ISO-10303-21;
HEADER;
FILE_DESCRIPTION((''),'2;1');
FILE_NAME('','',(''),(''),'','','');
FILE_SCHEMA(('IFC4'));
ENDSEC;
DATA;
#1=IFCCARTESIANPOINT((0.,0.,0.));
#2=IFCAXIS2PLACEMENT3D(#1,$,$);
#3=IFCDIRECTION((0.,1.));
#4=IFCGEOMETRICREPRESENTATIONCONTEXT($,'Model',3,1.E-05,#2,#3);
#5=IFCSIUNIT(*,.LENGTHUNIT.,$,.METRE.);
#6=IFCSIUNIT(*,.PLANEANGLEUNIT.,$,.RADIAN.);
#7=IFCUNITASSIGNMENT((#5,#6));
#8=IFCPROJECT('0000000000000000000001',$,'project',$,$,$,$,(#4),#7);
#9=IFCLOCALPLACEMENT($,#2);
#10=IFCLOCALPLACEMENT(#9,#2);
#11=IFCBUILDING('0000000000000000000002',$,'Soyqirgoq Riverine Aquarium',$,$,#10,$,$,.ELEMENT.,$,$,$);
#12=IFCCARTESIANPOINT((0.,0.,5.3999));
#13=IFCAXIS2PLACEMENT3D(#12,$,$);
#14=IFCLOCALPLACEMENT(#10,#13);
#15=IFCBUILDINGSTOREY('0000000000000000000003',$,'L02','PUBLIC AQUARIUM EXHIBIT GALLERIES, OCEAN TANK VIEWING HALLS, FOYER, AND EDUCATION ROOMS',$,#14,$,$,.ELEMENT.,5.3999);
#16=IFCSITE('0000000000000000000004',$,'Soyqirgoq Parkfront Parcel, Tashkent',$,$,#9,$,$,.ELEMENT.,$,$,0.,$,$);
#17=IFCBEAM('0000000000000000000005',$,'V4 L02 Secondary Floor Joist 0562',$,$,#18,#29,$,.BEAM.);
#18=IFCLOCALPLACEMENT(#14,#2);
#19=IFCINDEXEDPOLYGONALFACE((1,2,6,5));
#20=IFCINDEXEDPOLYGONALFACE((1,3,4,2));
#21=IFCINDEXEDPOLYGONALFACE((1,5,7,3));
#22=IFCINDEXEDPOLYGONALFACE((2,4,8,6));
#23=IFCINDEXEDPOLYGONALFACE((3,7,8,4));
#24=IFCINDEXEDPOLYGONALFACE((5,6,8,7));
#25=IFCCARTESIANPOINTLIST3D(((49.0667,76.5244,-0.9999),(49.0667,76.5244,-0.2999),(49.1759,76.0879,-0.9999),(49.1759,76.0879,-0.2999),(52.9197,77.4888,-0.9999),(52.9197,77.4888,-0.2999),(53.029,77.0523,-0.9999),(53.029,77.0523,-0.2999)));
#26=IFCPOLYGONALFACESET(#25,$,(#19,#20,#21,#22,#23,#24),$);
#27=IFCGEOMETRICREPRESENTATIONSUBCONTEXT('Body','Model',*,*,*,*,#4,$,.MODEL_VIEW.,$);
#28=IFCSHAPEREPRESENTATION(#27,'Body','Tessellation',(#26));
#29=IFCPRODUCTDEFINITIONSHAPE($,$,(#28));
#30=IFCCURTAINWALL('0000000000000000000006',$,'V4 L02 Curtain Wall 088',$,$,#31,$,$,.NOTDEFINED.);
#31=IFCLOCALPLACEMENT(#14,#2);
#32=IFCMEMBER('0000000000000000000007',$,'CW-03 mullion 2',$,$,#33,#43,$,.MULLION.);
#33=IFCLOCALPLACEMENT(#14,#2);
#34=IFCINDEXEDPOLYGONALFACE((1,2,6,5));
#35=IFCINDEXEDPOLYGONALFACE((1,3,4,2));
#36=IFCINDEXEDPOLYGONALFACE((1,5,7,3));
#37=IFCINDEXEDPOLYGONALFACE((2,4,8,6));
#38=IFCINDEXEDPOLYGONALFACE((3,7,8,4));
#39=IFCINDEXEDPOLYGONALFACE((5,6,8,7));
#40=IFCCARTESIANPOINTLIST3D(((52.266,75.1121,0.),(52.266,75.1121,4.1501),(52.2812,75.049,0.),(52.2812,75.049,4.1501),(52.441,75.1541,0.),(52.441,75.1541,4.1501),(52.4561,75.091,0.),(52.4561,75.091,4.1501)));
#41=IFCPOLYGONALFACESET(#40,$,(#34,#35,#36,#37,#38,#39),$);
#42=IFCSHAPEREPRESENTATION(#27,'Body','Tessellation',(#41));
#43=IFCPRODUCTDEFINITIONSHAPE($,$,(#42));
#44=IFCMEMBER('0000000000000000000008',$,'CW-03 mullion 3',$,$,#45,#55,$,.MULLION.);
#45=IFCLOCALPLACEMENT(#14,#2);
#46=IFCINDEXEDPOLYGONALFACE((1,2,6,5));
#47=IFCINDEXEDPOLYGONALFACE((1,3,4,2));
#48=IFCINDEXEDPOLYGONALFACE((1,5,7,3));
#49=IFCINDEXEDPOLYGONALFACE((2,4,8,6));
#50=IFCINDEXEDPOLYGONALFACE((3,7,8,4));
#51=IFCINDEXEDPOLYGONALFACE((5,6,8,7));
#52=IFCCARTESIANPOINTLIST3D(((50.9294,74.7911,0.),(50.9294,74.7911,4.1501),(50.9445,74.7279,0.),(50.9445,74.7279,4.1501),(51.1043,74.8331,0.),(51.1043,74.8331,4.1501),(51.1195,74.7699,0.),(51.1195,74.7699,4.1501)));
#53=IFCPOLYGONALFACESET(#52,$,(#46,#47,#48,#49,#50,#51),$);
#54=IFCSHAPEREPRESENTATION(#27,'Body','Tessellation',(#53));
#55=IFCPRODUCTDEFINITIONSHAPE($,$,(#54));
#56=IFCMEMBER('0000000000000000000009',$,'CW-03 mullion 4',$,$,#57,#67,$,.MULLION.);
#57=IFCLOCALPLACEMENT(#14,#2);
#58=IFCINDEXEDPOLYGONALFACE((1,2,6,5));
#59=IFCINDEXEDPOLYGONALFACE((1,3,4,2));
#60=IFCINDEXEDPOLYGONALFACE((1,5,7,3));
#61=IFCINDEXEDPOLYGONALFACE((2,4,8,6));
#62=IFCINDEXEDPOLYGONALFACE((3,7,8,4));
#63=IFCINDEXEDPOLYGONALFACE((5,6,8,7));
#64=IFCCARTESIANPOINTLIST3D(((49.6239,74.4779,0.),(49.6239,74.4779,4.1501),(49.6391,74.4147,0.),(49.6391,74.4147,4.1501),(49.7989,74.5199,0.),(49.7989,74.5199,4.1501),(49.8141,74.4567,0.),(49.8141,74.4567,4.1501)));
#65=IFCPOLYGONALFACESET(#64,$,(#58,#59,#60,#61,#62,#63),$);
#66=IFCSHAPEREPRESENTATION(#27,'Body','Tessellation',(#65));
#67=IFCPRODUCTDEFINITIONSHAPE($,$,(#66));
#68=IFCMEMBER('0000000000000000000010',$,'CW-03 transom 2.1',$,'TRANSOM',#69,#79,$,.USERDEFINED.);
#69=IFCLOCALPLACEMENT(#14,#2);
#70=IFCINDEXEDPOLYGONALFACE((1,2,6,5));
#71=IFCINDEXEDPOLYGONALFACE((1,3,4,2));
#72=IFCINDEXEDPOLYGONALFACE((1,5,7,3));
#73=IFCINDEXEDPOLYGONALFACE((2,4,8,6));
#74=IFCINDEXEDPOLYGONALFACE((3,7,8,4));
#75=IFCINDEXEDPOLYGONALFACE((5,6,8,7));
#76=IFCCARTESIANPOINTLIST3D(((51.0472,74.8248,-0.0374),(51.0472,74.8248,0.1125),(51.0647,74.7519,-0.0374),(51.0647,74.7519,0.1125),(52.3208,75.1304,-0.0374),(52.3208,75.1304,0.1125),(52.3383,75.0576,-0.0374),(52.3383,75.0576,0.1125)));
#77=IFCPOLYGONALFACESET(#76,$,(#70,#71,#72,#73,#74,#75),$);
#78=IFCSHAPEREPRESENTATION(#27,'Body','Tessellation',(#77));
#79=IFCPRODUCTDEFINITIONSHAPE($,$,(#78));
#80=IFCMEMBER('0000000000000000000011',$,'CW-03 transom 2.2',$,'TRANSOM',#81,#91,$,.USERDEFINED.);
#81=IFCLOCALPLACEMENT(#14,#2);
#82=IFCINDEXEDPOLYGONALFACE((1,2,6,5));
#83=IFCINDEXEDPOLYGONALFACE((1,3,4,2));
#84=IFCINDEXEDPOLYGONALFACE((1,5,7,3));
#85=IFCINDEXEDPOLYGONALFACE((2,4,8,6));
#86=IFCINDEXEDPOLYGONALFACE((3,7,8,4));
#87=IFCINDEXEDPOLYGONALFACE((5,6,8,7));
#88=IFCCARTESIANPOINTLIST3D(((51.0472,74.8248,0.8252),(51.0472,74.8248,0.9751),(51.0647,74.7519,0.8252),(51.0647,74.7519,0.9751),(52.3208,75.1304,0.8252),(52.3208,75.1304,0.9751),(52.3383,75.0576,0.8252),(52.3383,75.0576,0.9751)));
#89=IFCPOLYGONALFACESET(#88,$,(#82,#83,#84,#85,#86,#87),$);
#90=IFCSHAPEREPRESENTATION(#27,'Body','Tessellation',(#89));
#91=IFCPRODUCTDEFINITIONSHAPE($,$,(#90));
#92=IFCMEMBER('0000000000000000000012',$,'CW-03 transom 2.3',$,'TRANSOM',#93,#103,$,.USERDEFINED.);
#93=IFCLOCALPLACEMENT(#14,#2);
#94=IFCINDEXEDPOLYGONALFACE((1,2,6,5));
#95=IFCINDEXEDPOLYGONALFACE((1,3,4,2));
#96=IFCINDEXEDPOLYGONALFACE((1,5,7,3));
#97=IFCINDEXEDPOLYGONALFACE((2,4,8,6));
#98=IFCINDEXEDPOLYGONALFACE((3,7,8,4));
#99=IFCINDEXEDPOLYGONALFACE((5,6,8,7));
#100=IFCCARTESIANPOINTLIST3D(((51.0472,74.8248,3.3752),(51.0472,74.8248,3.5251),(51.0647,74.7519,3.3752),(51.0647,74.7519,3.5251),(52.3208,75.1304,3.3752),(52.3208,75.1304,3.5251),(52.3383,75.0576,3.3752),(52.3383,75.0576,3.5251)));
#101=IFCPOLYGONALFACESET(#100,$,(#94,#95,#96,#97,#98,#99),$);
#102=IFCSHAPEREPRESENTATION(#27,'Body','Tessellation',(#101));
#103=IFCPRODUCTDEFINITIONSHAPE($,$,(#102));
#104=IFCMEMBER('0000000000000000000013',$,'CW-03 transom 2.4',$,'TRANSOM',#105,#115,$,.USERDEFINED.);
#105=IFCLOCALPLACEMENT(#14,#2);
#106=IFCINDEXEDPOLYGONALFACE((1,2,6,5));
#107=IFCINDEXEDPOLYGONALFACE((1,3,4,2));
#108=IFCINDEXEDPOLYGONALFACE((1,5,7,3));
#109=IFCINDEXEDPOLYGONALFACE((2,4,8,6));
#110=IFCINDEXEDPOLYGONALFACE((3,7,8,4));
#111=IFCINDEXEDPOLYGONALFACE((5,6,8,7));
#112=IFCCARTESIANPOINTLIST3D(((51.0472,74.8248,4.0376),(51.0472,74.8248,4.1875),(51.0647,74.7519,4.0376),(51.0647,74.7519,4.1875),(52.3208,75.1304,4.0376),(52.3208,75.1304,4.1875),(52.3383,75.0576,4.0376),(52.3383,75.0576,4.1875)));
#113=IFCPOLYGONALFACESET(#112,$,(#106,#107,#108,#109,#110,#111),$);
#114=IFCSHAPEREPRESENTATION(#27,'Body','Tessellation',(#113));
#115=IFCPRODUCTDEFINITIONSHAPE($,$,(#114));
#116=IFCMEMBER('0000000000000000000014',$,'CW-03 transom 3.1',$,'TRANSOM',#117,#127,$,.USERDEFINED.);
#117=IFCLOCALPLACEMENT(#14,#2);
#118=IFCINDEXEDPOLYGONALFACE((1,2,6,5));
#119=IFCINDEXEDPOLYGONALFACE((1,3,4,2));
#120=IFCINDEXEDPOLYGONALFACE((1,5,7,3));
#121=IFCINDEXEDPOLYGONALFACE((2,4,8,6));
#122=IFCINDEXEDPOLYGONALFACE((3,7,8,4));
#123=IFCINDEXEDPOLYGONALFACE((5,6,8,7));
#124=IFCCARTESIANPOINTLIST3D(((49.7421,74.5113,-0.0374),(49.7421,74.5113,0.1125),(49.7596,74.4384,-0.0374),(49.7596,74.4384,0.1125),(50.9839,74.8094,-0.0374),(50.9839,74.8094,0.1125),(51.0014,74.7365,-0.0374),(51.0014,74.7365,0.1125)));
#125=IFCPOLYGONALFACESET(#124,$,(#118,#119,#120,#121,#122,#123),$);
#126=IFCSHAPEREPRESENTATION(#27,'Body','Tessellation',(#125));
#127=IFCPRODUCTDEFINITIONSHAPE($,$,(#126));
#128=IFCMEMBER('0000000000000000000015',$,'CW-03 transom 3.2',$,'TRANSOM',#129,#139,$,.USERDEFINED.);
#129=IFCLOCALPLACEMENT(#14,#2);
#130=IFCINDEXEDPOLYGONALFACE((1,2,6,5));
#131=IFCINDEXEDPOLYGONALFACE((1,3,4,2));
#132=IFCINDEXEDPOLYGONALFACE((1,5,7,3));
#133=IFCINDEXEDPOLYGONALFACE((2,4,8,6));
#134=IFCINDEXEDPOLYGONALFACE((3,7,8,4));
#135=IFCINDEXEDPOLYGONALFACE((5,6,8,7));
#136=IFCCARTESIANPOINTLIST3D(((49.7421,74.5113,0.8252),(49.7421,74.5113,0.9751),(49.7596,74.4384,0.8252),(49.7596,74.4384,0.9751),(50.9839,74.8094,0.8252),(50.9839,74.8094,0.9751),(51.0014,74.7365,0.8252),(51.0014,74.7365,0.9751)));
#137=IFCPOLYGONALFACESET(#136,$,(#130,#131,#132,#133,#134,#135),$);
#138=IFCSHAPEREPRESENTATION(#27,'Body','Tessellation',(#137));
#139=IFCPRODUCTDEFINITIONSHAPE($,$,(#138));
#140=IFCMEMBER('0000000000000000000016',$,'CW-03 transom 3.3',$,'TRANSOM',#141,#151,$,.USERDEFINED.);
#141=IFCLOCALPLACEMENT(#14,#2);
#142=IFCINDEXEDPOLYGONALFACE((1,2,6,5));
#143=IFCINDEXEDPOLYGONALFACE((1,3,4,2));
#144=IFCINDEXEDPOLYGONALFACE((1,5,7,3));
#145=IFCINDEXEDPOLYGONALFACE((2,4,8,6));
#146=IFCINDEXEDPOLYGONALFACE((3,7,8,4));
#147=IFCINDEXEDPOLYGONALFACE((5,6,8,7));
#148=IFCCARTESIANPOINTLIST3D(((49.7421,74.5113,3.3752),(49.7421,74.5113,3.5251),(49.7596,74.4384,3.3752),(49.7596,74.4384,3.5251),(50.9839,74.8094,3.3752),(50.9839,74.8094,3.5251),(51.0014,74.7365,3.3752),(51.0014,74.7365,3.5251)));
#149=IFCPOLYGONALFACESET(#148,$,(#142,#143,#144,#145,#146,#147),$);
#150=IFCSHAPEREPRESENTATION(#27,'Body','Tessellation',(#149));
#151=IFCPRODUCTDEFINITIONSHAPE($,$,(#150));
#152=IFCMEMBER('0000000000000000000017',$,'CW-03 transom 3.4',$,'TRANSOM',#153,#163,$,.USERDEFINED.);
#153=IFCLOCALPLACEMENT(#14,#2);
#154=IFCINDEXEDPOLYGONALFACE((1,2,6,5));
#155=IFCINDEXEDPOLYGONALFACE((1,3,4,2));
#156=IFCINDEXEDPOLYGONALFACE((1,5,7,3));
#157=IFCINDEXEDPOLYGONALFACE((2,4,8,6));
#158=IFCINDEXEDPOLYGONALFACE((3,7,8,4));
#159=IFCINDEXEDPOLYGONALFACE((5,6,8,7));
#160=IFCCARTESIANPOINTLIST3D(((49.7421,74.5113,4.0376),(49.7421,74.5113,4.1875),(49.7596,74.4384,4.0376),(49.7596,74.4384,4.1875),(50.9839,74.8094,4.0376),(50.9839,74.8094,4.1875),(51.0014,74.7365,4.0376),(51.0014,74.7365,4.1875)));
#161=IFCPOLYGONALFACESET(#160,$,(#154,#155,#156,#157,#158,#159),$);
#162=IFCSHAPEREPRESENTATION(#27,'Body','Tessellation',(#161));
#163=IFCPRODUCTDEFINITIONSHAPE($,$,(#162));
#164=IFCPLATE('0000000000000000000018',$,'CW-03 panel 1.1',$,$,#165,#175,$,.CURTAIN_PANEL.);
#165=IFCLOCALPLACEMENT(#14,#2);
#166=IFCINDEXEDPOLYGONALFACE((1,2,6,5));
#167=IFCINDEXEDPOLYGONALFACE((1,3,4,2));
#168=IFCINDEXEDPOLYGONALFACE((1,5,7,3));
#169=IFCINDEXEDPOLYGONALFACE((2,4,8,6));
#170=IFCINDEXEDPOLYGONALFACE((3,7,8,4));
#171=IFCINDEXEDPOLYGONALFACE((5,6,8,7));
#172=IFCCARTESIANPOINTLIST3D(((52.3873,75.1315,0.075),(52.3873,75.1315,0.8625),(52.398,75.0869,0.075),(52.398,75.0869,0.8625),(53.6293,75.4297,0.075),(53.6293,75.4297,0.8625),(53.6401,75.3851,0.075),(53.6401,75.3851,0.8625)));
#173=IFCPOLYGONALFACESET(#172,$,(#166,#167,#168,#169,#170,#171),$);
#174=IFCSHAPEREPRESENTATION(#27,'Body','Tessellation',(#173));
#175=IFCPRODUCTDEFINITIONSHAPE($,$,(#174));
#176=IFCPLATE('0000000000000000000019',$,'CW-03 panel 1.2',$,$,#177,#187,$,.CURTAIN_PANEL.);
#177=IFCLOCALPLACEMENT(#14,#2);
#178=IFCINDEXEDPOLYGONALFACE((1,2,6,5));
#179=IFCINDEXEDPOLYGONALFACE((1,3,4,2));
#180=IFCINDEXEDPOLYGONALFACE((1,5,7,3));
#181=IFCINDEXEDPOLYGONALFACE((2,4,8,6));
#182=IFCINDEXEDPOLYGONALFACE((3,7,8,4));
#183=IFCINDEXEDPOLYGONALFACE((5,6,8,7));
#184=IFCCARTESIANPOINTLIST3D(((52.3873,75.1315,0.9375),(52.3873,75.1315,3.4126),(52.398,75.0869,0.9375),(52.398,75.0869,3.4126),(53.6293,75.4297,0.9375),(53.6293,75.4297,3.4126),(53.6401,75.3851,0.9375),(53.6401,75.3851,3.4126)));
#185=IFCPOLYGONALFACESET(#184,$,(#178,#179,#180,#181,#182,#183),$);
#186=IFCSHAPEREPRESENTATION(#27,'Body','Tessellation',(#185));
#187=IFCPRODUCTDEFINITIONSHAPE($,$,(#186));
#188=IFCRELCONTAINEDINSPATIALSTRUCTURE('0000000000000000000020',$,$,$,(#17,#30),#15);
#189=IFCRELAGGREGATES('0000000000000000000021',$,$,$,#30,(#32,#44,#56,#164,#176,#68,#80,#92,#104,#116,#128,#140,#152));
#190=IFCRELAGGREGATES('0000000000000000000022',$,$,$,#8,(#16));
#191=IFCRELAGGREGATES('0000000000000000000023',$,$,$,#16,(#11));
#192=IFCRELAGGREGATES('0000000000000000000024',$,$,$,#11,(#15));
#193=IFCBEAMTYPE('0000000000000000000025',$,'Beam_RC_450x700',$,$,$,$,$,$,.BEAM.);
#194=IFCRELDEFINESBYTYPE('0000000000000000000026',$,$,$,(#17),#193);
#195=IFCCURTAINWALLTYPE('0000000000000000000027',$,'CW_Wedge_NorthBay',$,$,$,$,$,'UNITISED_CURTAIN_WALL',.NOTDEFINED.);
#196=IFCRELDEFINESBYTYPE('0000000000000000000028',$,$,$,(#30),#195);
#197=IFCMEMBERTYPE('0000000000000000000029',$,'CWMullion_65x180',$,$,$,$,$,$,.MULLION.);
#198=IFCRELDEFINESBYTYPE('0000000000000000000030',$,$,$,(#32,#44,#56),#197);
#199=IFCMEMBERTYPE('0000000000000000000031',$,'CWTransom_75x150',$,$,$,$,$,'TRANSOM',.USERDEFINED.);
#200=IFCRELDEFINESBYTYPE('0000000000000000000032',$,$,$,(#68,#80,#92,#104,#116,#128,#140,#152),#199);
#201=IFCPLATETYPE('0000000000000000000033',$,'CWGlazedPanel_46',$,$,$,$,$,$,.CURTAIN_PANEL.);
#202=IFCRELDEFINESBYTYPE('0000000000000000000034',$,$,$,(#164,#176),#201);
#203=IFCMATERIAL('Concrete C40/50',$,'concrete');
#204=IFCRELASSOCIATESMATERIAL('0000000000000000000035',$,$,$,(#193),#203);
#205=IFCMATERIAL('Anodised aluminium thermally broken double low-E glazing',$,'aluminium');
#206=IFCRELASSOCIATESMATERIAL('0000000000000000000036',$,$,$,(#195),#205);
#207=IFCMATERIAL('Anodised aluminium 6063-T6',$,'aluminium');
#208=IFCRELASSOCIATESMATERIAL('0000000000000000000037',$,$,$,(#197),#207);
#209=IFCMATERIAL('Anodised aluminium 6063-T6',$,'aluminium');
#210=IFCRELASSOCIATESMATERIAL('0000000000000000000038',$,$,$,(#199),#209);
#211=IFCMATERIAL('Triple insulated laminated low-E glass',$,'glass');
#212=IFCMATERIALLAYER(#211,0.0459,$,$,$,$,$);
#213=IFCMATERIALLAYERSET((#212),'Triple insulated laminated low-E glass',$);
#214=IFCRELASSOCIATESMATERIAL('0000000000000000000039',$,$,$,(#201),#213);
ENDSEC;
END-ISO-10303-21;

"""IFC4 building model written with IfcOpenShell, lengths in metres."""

from ifc_helpers import new_model, si_unit, direction, frame, origin, origin_2d, place, context, subcontext, project, spatial, rectangle, extrude, material, layer, layer_set, material_profile, profile_set, type_object, element, aggregate, save


model = new_model("IFC4")

# Units and contexts
model_context = context("Model", 3, precision=1e-05, world=origin(), true_north=direction((0.0, 1.0)))
body_context = subcontext(model_context, "Body", "Model", "MODEL_VIEW")
ifc_project = project(units=[si_unit("LENGTHUNIT", "METRE"), si_unit("PLANEANGLEUNIT", "RADIAN")], contexts=[model_context])

# Site, building, storey
site_placement = place(None, origin())
site = spatial("IfcSite", under=ifc_project, at=site_placement, Name="Soyqirgoq Parkfront Parcel, Tashkent", CompositionType="ELEMENT", RefElevation=0.0)
building_placement = place(site_placement, origin())
building = spatial("IfcBuilding", under=site, at=building_placement, Name="Soyqirgoq Riverine Aquarium", CompositionType="ELEMENT")
storey_placement = place(building_placement, frame((0.0, 0.0, 5.3999)))
storey = spatial("IfcBuildingStorey", under=building, at=storey_placement, Name="L02", Description="PUBLIC AQUARIUM EXHIBIT GALLERIES, OCEAN TANK VIEWING HALLS, FOYER, AND EDUCATION ROOMS", CompositionType="ELEMENT", Elevation=5.3999)

# Beam
ifc_material_1 = material(Name="Concrete C40/50", Category="concrete")
ifc_material_profile_1 = material_profile(ifc_material_1, rectangle(XDim=0.45, YDim=0.7, at=origin_2d()), Name="RC 450x700")
ifc_profile_set_1 = profile_set([ifc_material_profile_1], Name="Concrete C40/50")
beam_type = type_object("IfcBeamType", Name="Beam_RC_450x700", PredefinedType="BEAM", material=ifc_profile_set_1)
beam_placement = place(storey_placement, frame((52.9744, 77.2705, -0.6499), z_axis=(-0.970077, -0.242796, 0.0), x_axis=(0.242796, -0.970077, 0.0)))
element("IfcBeam", 1, at=beam_placement, inside=storey, type_object=beam_type, Name="V4 L02 Secondary Floor Joist 0562", PredefinedType="BEAM", context=body_context, shape_type="SweptSolid", body=[
    extrude(rectangle(XDim=0.45, YDim=0.7, at=origin_2d()), origin(), (0.0, 0.0, 1.0), 3.9719),
])

# Curtain wall, members, plates
ifc_material_2 = material(Name="Anodised aluminium thermally broken double low-E glazing", Category="aluminium")
curtain_wall_type = type_object("IfcCurtainWallType", Name="CW_Wedge_NorthBay", ElementType="UNITISED_CURTAIN_WALL", PredefinedType="NOTDEFINED", material=ifc_material_2)
curtain_wall_placement = place(storey_placement, origin())
curtain_wall = element("IfcCurtainWall", 2, at=curtain_wall_placement, inside=storey, type_object=curtain_wall_type, Name="V4 L02 Curtain Wall 088", PredefinedType="NOTDEFINED")
ifc_material_3 = material(Name="Anodised aluminium 6063-T6", Category="aluminium")
ifc_material_profile_2 = material_profile(ifc_material_3, rectangle(XDim=0.0649, YDim=0.1799, at=origin_2d()), Name="ALU-M 65x180")
ifc_profile_set_2 = profile_set([ifc_material_profile_2], Name="Anodised aluminium 6063-T6")
member_type_1 = type_object("IfcMemberType", Name="CWMullion_65x180", PredefinedType="MULLION", material=ifc_profile_set_2)
member_1_placement = place(storey_placement, frame((52.3611, 75.1016, 0.0), z_axis=(0.0, 0.0, 1.0), x_axis=(0.233443, -0.972371, 0.0)))
member_1 = element("IfcMember", 3, at=member_1_placement, type_object=member_type_1, Name="CW-03 mullion 2", PredefinedType="MULLION", context=body_context, shape_type="SweptSolid", body=[
    extrude(rectangle(XDim=0.0649, YDim=0.1799, at=origin_2d()), origin(), (0.0, 0.0, 1.0), 4.1501),
])
member_2_placement = place(storey_placement, frame((51.0244, 74.7805, 0.0), z_axis=(0.0, 0.0, 1.0), x_axis=(0.233443, -0.972371, 0.0)))
member_2 = element("IfcMember", 4, at=member_2_placement, type_object=member_type_1, Name="CW-03 mullion 3", PredefinedType="MULLION", context=body_context, shape_type="SweptSolid", body=[
    extrude(rectangle(XDim=0.0649, YDim=0.1799, at=origin_2d()), origin(), (0.0, 0.0, 1.0), 4.1501),
])
member_3_placement = place(storey_placement, frame((49.719, 74.4673, 0.0), z_axis=(0.0, 0.0, 1.0), x_axis=(0.233443, -0.972371, 0.0)))
member_3 = element("IfcMember", 5, at=member_3_placement, type_object=member_type_1, Name="CW-03 mullion 4", PredefinedType="MULLION", context=body_context, shape_type="SweptSolid", body=[
    extrude(rectangle(XDim=0.0649, YDim=0.1799, at=origin_2d()), origin(), (0.0, 0.0, 1.0), 4.1501),
])
ifc_material_4 = material(Name="Anodised aluminium 6063-T6", Category="aluminium")
ifc_material_profile_3 = material_profile(ifc_material_4, rectangle(XDim=0.075, YDim=0.1499, at=origin_2d()), Name="ALU-T 75x150")
ifc_profile_set_3 = profile_set([ifc_material_profile_3], Name="Anodised aluminium 6063-T6")
member_type_2 = type_object("IfcMemberType", Name="CWTransom_75x150", ElementType="TRANSOM", PredefinedType="USERDEFINED", material=ifc_profile_set_3)
member_4_placement = place(storey_placement, frame((52.3296, 75.094, 0.0376), z_axis=(-0.972391, -0.233359, 0.0), x_axis=(0.233359, -0.972391, 0.0)))
member_4 = element("IfcMember", 6, at=member_4_placement, type_object=member_type_2, Name="CW-03 transom 2.1", ObjectType="TRANSOM", PredefinedType="USERDEFINED", context=body_context, shape_type="SweptSolid", body=[
    extrude(rectangle(XDim=0.075, YDim=0.1499, at=origin_2d()), origin(), (0.0, 0.0, 1.0), 1.3098),
])
member_5_placement = place(storey_placement, frame((52.3296, 75.094, 0.9001), z_axis=(-0.972391, -0.233359, 0.0), x_axis=(0.233359, -0.972391, 0.0)))
member_5 = element("IfcMember", 7, at=member_5_placement, type_object=member_type_2, Name="CW-03 transom 2.2", ObjectType="TRANSOM", PredefinedType="USERDEFINED", context=body_context, shape_type="SweptSolid", body=[
    extrude(rectangle(XDim=0.075, YDim=0.1499, at=origin_2d()), origin(), (0.0, 0.0, 1.0), 1.3098),
])
member_6_placement = place(storey_placement, frame((52.3296, 75.094, 3.4502), z_axis=(-0.972391, -0.233359, 0.0), x_axis=(0.233359, -0.972391, 0.0)))
member_6 = element("IfcMember", 8, at=member_6_placement, type_object=member_type_2, Name="CW-03 transom 2.3", ObjectType="TRANSOM", PredefinedType="USERDEFINED", context=body_context, shape_type="SweptSolid", body=[
    extrude(rectangle(XDim=0.075, YDim=0.1499, at=origin_2d()), origin(), (0.0, 0.0, 1.0), 1.3098),
])
member_7_placement = place(storey_placement, frame((52.3296, 75.094, 4.1125), z_axis=(-0.972391, -0.233359, 0.0), x_axis=(0.233359, -0.972391, 0.0)))
member_7 = element("IfcMember", 9, at=member_7_placement, type_object=member_type_2, Name="CW-03 transom 2.4", ObjectType="TRANSOM", PredefinedType="USERDEFINED", context=body_context, shape_type="SweptSolid", body=[
    extrude(rectangle(XDim=0.075, YDim=0.1499, at=origin_2d()), origin(), (0.0, 0.0, 1.0), 1.3098),
])
member_8_placement = place(storey_placement, frame((50.9927, 74.7729, 0.0376), z_axis=(-0.972382, -0.233395, 0.0), x_axis=(0.233395, -0.972382, 0.0)))
member_8 = element("IfcMember", 10, at=member_8_placement, type_object=member_type_2, Name="CW-03 transom 3.1", ObjectType="TRANSOM", PredefinedType="USERDEFINED", context=body_context, shape_type="SweptSolid", body=[
    extrude(rectangle(XDim=0.075, YDim=0.1499, at=origin_2d()), origin(), (0.0, 0.0, 1.0), 1.2771),
])
member_9_placement = place(storey_placement, frame((50.9927, 74.7729, 0.9001), z_axis=(-0.972382, -0.233395, 0.0), x_axis=(0.233395, -0.972382, 0.0)))
member_9 = element("IfcMember", 11, at=member_9_placement, type_object=member_type_2, Name="CW-03 transom 3.2", ObjectType="TRANSOM", PredefinedType="USERDEFINED", context=body_context, shape_type="SweptSolid", body=[
    extrude(rectangle(XDim=0.075, YDim=0.1499, at=origin_2d()), origin(), (0.0, 0.0, 1.0), 1.2771),
])
member_10_placement = place(storey_placement, frame((50.9927, 74.7729, 3.4502), z_axis=(-0.972382, -0.233395, 0.0), x_axis=(0.233395, -0.972382, 0.0)))
member_10 = element("IfcMember", 12, at=member_10_placement, type_object=member_type_2, Name="CW-03 transom 3.3", ObjectType="TRANSOM", PredefinedType="USERDEFINED", context=body_context, shape_type="SweptSolid", body=[
    extrude(rectangle(XDim=0.075, YDim=0.1499, at=origin_2d()), origin(), (0.0, 0.0, 1.0), 1.2771),
])
member_11_placement = place(storey_placement, frame((50.9927, 74.7729, 4.1125), z_axis=(-0.972382, -0.233395, 0.0), x_axis=(0.233395, -0.972382, 0.0)))
member_11 = element("IfcMember", 13, at=member_11_placement, type_object=member_type_2, Name="CW-03 transom 3.4", ObjectType="TRANSOM", PredefinedType="USERDEFINED", context=body_context, shape_type="SweptSolid", body=[
    extrude(rectangle(XDim=0.075, YDim=0.1499, at=origin_2d()), origin(), (0.0, 0.0, 1.0), 1.2771),
])
ifc_material_5 = material(Name="Triple insulated laminated low-E glass", Category="glass")
ifc_layer_1 = layer(ifc_material_5, 0.0459)
ifc_layer_set_1 = layer_set([ifc_layer_1], Name="Triple insulated laminated low-E glass")
plate_type = type_object("IfcPlateType", Name="CWGlazedPanel_46", PredefinedType="CURTAIN_PANEL", material=ifc_layer_set_1)
plate_1_placement = place(storey_placement, frame((53.0137, 75.2583, 0.075), z_axis=(0.0, 0.0, 1.0), x_axis=(-0.972371, -0.233443, 0.0)))
plate_1 = element("IfcPlate", 14, at=plate_1_placement, type_object=plate_type, Name="CW-03 panel 1.1", PredefinedType="CURTAIN_PANEL", context=body_context, shape_type="SweptSolid", body=[
    extrude(rectangle(XDim=1.2773, YDim=0.0459, at=origin_2d()), origin(), (0.0, 0.0, 1.0), 0.7876),
])
plate_2_placement = place(storey_placement, frame((53.0137, 75.2583, 0.9375), z_axis=(0.0, 0.0, 1.0), x_axis=(-0.972371, -0.233443, 0.0)))
plate_2 = element("IfcPlate", 15, at=plate_2_placement, type_object=plate_type, Name="CW-03 panel 1.2", PredefinedType="CURTAIN_PANEL", context=body_context, shape_type="SweptSolid", body=[
    extrude(rectangle(XDim=1.2773, YDim=0.0459, at=origin_2d()), origin(), (0.0, 0.0, 1.0), 2.4751),
])
aggregate(curtain_wall, [member_1, member_2, member_3, plate_1, plate_2, member_4, member_5, member_6, member_7, member_8, member_9, member_10, member_11])

save(model, "model.ifc")
